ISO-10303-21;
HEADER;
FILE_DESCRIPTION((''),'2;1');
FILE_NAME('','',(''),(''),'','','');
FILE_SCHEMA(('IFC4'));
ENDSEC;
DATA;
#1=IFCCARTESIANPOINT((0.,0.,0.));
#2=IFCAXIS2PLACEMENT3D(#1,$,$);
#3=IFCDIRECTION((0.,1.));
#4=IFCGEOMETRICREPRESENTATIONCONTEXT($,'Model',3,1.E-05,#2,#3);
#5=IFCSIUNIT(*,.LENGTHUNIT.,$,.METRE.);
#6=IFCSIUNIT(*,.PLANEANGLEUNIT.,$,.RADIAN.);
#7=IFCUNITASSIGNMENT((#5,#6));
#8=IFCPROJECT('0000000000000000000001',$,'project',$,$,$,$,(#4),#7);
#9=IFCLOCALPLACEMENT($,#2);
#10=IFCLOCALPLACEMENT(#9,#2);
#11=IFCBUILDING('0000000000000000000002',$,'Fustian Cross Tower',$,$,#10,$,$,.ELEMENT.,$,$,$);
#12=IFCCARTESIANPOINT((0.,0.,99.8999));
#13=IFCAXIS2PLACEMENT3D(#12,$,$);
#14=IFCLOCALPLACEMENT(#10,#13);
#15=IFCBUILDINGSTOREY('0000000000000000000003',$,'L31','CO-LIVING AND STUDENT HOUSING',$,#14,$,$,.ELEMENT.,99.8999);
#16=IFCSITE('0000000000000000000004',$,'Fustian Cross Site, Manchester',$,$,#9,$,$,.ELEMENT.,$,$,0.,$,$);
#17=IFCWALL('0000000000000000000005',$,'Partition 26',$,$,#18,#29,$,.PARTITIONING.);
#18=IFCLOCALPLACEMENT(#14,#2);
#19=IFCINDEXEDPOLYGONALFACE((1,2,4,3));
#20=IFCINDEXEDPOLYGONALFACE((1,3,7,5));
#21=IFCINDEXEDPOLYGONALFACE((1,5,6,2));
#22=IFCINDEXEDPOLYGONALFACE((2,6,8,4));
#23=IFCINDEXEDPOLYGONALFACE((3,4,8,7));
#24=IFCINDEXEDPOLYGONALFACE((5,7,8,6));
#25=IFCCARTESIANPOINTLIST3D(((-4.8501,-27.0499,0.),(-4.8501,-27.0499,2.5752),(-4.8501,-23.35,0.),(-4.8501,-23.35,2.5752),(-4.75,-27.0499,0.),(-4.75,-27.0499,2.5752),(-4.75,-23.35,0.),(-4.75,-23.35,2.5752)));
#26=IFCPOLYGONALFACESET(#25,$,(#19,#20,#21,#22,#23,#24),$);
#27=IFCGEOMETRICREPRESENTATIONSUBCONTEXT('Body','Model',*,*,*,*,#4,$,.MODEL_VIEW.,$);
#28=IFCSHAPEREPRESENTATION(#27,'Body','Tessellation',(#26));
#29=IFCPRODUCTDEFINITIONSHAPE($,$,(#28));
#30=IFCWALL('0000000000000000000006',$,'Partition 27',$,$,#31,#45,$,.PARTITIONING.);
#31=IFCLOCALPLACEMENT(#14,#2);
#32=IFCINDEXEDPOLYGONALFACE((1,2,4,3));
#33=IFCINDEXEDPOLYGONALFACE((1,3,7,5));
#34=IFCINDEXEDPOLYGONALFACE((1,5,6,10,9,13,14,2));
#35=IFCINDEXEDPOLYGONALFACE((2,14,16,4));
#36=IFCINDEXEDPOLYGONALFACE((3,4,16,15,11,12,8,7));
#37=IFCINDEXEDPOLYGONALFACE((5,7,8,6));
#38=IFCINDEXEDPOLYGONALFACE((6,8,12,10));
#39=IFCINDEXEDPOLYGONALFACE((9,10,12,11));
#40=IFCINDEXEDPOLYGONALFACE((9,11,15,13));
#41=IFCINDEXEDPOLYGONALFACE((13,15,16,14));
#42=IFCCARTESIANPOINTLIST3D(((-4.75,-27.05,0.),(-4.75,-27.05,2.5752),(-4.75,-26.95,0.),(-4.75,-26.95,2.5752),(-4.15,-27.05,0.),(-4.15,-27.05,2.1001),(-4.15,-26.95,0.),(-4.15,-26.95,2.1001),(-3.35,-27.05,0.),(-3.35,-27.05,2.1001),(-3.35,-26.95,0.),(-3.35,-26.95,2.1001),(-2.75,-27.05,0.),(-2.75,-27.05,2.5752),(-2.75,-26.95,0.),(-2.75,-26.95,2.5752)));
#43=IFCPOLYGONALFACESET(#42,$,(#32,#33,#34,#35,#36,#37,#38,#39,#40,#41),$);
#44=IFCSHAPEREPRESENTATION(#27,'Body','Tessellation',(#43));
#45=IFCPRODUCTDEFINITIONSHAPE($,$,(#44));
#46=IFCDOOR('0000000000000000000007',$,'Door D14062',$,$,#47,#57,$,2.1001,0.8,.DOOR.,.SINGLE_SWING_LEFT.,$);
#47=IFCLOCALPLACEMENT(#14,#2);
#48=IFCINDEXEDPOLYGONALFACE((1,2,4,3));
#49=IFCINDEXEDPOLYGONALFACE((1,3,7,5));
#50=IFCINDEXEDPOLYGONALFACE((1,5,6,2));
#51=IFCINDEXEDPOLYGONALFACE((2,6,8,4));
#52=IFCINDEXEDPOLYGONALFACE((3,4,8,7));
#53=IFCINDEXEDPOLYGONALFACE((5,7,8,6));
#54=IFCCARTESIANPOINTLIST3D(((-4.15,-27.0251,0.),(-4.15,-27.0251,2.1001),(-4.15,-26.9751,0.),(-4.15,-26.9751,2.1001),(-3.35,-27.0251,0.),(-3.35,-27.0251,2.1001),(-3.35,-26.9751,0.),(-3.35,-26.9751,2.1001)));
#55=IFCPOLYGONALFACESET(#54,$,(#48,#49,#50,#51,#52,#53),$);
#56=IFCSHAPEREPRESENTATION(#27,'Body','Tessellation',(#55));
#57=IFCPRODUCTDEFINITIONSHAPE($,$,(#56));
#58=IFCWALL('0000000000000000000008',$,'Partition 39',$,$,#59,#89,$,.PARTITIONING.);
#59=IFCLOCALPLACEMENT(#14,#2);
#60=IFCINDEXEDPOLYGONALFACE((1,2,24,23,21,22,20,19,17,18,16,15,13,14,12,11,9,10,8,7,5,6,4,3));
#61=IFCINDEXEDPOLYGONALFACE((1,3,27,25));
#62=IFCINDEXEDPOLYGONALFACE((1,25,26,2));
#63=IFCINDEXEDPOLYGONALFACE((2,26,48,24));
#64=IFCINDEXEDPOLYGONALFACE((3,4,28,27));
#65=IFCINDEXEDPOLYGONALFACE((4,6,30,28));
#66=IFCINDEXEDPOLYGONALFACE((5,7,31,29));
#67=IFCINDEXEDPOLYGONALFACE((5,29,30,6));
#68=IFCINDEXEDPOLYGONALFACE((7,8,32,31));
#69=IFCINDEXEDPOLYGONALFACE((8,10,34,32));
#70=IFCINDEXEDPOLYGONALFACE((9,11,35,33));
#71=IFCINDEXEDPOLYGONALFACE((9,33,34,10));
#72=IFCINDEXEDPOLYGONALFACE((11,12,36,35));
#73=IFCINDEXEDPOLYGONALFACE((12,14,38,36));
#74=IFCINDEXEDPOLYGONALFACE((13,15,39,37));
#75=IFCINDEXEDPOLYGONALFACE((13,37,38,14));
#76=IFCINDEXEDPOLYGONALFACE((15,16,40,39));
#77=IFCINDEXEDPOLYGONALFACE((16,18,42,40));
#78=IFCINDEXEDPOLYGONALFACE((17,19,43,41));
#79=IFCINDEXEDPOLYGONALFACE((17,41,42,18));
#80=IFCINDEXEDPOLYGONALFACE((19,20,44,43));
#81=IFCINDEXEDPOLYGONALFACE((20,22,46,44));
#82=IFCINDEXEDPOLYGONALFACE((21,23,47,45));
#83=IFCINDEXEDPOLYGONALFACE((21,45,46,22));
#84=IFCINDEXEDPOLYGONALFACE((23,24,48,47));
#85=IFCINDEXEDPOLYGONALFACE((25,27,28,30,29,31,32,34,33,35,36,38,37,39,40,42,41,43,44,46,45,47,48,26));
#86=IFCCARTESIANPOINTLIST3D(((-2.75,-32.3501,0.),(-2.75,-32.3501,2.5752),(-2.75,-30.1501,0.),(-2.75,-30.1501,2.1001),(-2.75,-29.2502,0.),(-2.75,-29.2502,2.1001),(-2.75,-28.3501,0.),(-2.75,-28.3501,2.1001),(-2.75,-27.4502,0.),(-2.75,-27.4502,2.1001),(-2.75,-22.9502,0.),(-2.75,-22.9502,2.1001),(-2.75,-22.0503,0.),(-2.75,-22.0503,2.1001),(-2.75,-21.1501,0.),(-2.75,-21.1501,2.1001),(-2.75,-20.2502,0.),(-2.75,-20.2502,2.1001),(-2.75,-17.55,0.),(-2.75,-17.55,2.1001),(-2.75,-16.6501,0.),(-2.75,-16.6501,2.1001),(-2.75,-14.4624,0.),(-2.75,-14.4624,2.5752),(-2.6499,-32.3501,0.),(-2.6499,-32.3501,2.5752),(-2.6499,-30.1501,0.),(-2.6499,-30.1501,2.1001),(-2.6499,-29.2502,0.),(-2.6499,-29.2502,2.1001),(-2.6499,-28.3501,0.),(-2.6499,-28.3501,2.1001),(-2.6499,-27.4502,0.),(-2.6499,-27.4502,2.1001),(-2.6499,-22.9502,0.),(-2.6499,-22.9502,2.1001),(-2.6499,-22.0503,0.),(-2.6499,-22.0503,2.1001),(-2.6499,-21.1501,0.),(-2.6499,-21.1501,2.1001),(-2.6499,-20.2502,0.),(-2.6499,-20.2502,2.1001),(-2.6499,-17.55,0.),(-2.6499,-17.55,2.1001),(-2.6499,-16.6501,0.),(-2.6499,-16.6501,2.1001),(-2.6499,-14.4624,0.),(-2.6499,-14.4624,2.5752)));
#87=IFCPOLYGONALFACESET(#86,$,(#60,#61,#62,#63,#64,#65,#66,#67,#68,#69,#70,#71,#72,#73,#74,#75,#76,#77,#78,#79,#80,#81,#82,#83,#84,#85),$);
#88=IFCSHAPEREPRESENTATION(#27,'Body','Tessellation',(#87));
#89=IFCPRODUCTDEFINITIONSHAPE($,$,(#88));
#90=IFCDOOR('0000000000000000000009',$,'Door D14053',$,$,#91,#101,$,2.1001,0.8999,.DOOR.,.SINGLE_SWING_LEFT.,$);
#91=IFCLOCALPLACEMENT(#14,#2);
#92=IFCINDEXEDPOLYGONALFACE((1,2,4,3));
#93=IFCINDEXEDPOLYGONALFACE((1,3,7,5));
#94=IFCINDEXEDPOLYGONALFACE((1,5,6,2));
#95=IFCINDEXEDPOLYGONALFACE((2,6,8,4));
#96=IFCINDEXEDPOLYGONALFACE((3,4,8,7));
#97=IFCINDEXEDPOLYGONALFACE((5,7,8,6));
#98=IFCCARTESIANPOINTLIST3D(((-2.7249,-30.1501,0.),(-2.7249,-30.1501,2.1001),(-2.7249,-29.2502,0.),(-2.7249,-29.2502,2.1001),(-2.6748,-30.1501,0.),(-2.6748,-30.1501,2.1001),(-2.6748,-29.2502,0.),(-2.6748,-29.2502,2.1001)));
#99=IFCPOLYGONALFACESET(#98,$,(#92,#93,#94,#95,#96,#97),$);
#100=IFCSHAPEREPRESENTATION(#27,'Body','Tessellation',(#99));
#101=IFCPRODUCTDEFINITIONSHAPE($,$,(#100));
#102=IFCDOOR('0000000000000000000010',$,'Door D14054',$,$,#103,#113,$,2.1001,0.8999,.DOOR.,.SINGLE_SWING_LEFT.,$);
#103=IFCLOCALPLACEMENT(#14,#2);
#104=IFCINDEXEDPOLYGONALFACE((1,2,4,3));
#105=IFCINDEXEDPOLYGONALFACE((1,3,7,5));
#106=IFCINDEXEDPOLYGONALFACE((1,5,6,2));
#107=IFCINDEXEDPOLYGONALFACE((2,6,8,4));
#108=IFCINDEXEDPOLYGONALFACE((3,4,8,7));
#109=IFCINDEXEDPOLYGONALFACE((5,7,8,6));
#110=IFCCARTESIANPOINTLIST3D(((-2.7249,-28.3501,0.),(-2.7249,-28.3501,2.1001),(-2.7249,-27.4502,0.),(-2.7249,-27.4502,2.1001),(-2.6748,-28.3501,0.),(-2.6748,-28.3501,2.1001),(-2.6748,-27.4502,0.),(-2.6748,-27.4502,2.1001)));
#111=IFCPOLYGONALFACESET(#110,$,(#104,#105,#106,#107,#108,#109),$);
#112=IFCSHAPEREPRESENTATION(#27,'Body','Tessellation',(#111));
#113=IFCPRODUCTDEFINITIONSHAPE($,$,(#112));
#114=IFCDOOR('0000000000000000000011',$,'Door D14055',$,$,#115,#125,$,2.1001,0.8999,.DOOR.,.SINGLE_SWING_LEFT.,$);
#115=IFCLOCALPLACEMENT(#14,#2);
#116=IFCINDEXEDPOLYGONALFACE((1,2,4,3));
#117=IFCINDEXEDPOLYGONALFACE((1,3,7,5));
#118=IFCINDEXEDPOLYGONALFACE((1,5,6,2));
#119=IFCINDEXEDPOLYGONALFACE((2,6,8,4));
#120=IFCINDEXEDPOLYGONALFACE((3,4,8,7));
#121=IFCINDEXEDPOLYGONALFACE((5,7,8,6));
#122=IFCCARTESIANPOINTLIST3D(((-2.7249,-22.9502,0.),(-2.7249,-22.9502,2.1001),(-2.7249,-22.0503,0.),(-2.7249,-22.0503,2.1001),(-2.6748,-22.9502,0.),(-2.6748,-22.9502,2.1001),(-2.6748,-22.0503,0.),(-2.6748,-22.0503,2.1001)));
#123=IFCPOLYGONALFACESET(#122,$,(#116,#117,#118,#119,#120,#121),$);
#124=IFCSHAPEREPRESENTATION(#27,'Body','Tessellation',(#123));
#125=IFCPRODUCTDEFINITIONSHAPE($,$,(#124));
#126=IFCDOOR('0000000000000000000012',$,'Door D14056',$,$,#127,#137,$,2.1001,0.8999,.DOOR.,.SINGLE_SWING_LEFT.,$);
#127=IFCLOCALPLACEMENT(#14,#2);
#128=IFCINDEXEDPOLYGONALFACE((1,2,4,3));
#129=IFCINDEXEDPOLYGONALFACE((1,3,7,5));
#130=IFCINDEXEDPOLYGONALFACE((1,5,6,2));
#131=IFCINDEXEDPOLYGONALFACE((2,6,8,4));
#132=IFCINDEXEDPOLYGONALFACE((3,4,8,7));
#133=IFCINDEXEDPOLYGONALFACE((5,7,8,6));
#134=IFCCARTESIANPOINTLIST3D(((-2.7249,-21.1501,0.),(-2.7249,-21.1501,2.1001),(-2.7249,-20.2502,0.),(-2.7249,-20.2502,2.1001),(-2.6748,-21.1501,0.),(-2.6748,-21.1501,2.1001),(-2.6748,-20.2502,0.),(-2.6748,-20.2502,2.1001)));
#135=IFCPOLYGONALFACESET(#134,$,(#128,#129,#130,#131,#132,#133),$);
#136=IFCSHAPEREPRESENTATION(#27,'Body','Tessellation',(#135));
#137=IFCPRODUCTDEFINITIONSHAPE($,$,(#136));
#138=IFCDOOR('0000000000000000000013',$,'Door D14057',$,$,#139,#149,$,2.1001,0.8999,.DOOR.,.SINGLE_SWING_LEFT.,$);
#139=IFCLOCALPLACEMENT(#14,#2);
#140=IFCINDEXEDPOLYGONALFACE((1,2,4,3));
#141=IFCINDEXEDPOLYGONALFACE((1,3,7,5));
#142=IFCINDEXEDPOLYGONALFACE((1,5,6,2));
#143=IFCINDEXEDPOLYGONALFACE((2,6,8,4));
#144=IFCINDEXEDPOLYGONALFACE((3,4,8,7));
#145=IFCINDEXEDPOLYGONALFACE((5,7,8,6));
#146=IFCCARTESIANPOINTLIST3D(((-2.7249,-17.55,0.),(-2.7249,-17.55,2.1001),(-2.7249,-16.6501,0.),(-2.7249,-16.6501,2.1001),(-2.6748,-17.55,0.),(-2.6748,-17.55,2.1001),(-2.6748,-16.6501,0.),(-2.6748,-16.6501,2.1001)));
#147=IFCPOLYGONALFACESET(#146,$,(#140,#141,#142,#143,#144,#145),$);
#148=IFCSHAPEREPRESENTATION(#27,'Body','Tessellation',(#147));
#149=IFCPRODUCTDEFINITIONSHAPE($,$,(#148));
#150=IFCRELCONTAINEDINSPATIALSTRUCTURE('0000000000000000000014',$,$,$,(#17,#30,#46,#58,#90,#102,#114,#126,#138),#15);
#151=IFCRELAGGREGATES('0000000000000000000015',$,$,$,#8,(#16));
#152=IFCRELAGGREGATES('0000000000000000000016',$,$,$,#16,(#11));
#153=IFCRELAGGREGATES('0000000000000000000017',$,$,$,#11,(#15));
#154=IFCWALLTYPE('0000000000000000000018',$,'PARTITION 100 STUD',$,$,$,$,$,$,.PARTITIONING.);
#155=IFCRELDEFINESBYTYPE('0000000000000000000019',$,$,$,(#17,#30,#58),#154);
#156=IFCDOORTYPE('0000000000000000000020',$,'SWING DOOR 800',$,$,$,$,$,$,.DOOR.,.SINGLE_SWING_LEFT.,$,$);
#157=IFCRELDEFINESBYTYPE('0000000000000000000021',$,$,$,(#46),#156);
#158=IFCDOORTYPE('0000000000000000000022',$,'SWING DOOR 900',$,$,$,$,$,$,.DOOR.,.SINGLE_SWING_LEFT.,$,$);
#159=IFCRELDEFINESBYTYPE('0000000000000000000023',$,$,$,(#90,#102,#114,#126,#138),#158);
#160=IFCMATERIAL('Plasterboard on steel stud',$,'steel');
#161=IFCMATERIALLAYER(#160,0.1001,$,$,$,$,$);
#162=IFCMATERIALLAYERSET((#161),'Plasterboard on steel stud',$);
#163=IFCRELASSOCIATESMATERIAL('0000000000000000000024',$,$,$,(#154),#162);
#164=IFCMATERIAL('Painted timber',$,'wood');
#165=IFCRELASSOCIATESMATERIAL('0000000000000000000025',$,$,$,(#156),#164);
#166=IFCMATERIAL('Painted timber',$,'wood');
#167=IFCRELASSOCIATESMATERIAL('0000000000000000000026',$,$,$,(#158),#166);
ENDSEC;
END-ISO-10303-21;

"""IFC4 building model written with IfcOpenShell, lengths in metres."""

from ifc_helpers import new_model, si_unit, direction, frame, frame_2d, origin, place, context, subcontext, project, spatial, rectangle, extrude, material, layer, layer_set, type_object, element, fill, save


model = new_model("IFC4")

# Units and contexts
model_context = context("Model", 3, precision=1e-05, world=origin(), true_north=direction((0.0, 1.0)))
body_context = subcontext(model_context, "Body", "Model", "MODEL_VIEW")
ifc_project = project(units=[si_unit("LENGTHUNIT", "METRE"), si_unit("PLANEANGLEUNIT", "RADIAN")], contexts=[model_context])

# Site, building, storey
site_placement = place(None, origin())
site = spatial("IfcSite", under=ifc_project, at=site_placement, Name="Fustian Cross Site, Manchester", CompositionType="ELEMENT", RefElevation=0.0)
building_placement = place(site_placement, origin())
building = spatial("IfcBuilding", under=site, at=building_placement, Name="Fustian Cross Tower", CompositionType="ELEMENT")
storey_placement = place(building_placement, frame((0.0, 0.0, 99.8999)))
storey = spatial("IfcBuildingStorey", under=building, at=storey_placement, Name="L31", Description="CO-LIVING AND STUDENT HOUSING", CompositionType="ELEMENT", Elevation=99.8999)

# Shared definitions
ifc_material_1 = material(Name="Plasterboard on steel stud", Category="steel")
ifc_layer_1 = layer(ifc_material_1, 0.1001)
ifc_layer_set_1 = layer_set([ifc_layer_1], Name="Plasterboard on steel stud")
wall_type_1 = type_object("IfcWallType", Name="PARTITION 100 STUD", PredefinedType="PARTITIONING", material=ifc_layer_set_1)
ifc_material_2 = material(Name="Painted timber", Category="wood")
door_type_1 = type_object("IfcDoorType", Name="SWING DOOR 800", OperationType="SINGLE_SWING_LEFT", PredefinedType="DOOR", material=ifc_material_2)

# Wall
wall_1_placement = place(storey_placement, frame((-4.8, -27.05, 0.0), z_axis=(0.0, 0.0, 1.0), x_axis=(0.0, 1.0, 0.0)))
element("IfcWall", 1, at=wall_1_placement, inside=storey, type_object=wall_type_1, Name="Partition 26", PredefinedType="PARTITIONING", context=body_context, shape_type="SweptSolid", body=[
    extrude(rectangle(XDim=3.7, YDim=0.1001, at=frame_2d((1.8501, 0.0))), origin(), (0.0, 0.0, 1.0), 2.5752),
])

# Wall, opening, door
wall_2_placement = place(storey_placement, frame((-4.75, -27.0, 0.0), z_axis=(0.0, 0.0, 1.0), x_axis=(1.0, 0.0, 0.0)))
wall_2 = element("IfcWall", 2, at=wall_2_placement, inside=storey, type_object=wall_type_1, Name="Partition 27", PredefinedType="PARTITIONING", context=body_context, shape_type="SweptSolid", body=[
    extrude(rectangle(XDim=2.0, YDim=0.1001, at=frame_2d((1.0, 0.0))), origin(), (0.0, 0.0, 1.0), 2.5752),
])
opening_1_placement = place(wall_2_placement, frame((0.6001, 0.0, 0.0)))
opening_1 = element("IfcOpeningElement", 3, at=opening_1_placement, cuts=wall_2, PredefinedType="OPENING", context=body_context, shape_type="SweptSolid", body=[
    extrude(rectangle(XDim=0.8, YDim=2.1001, at=frame_2d((0.3999, 1.05))), frame((0.0, 0.0601, 0.0), z_axis=(0.0, -1.0, 0.0), x_axis=(1.0, 0.0, 0.0)), (0.0, 0.0, 1.0), 0.1201),
])
door_1_placement = place(opening_1_placement, origin())
door_1 = element("IfcDoor", 4, at=door_1_placement, inside=storey, type_object=door_type_1, Name="Door D14062", OperationType="SINGLE_SWING_LEFT", OverallHeight=2.1001, OverallWidth=0.8, PredefinedType="DOOR", context=body_context, shape_type="SweptSolid", body=[
    extrude(rectangle(XDim=0.8, YDim=2.1001, at=frame_2d((0.3999, 1.05))), frame((0.0, 0.0249, 0.0), z_axis=(0.0, -1.0, 0.0), x_axis=(1.0, 0.0, 0.0)), (0.0, 0.0, 1.0), 0.05),
])
fill(opening_1, door_1)

# Wall, openings, doors
wall_3_placement = place(storey_placement, frame((-2.7, -32.3501, 0.0), z_axis=(0.0, 0.0, 1.0), x_axis=(0.0, 1.0, 0.0)))
wall_3 = element("IfcWall", 5, at=wall_3_placement, inside=storey, type_object=wall_type_1, Name="Partition 39", PredefinedType="PARTITIONING", context=body_context, shape_type="SweptSolid", body=[
    extrude(rectangle(XDim=17.8877, YDim=0.1001, at=frame_2d((8.9438, 0.0))), origin(), (0.0, 0.0, 1.0), 2.5752),
])
opening_2_placement = place(wall_3_placement, frame((2.2, 0.0, 0.0)))
opening_2 = element("IfcOpeningElement", 6, at=opening_2_placement, cuts=wall_3, PredefinedType="OPENING", context=body_context, shape_type="SweptSolid", body=[
    extrude(rectangle(XDim=0.8999, YDim=2.1001, at=frame_2d((0.45, 1.05))), frame((0.0, 0.0601, 0.0), z_axis=(0.0, -1.0, 0.0), x_axis=(1.0, 0.0, 0.0)), (0.0, 0.0, 1.0), 0.1201),
])
opening_3_placement = place(wall_3_placement, frame((4.0, 0.0, 0.0)))
opening_3 = element("IfcOpeningElement", 7, at=opening_3_placement, cuts=wall_3, PredefinedType="OPENING", context=body_context, shape_type="SweptSolid", body=[
    extrude(rectangle(XDim=0.8999, YDim=2.1001, at=frame_2d((0.45, 1.05))), frame((0.0, 0.0601, 0.0), z_axis=(0.0, -1.0, 0.0), x_axis=(1.0, 0.0, 0.0)), (0.0, 0.0, 1.0), 0.1201),
])
opening_4_placement = place(wall_3_placement, frame((9.3999, 0.0, 0.0)))
opening_4 = element("IfcOpeningElement", 8, at=opening_4_placement, cuts=wall_3, PredefinedType="OPENING", context=body_context, shape_type="SweptSolid", body=[
    extrude(rectangle(XDim=0.8999, YDim=2.1001, at=frame_2d((0.45, 1.05))), frame((0.0, 0.0601, 0.0), z_axis=(0.0, -1.0, 0.0), x_axis=(1.0, 0.0, 0.0)), (0.0, 0.0, 1.0), 0.1201),
])
opening_5_placement = place(wall_3_placement, frame((11.2, 0.0, 0.0)))
opening_5 = element("IfcOpeningElement", 9, at=opening_5_placement, cuts=wall_3, PredefinedType="OPENING", context=body_context, shape_type="SweptSolid", body=[
    extrude(rectangle(XDim=0.8999, YDim=2.1001, at=frame_2d((0.45, 1.05))), frame((0.0, 0.0601, 0.0), z_axis=(0.0, -1.0, 0.0), x_axis=(1.0, 0.0, 0.0)), (0.0, 0.0, 1.0), 0.1201),
])
opening_6_placement = place(wall_3_placement, frame((14.8, 0.0, 0.0)))
opening_6 = element("IfcOpeningElement", 10, at=opening_6_placement, cuts=wall_3, PredefinedType="OPENING", context=body_context, shape_type="SweptSolid", body=[
    extrude(rectangle(XDim=0.8999, YDim=2.1001, at=frame_2d((0.45, 1.05))), frame((0.0, 0.0601, 0.0), z_axis=(0.0, -1.0, 0.0), x_axis=(1.0, 0.0, 0.0)), (0.0, 0.0, 1.0), 0.1201),
])
ifc_material_3 = material(Name="Painted timber", Category="wood")
door_type_2 = type_object("IfcDoorType", Name="SWING DOOR 900", OperationType="SINGLE_SWING_LEFT", PredefinedType="DOOR", material=ifc_material_3)
door_2_placement = place(opening_2_placement, origin())
door_2 = element("IfcDoor", 11, at=door_2_placement, inside=storey, type_object=door_type_2, Name="Door D14053", OperationType="SINGLE_SWING_LEFT", OverallHeight=2.1001, OverallWidth=0.8999, PredefinedType="DOOR", context=body_context, shape_type="SweptSolid", body=[
    extrude(rectangle(XDim=0.8999, YDim=2.1001, at=frame_2d((0.45, 1.05))), frame((0.0, 0.0249, 0.0), z_axis=(0.0, -1.0, 0.0), x_axis=(1.0, 0.0, 0.0)), (0.0, 0.0, 1.0), 0.05),
])
fill(opening_2, door_2)
door_3_placement = place(opening_3_placement, origin())
door_3 = element("IfcDoor", 12, at=door_3_placement, inside=storey, type_object=door_type_2, Name="Door D14054", OperationType="SINGLE_SWING_LEFT", OverallHeight=2.1001, OverallWidth=0.8999, PredefinedType="DOOR", context=body_context, shape_type="SweptSolid", body=[
    extrude(rectangle(XDim=0.8999, YDim=2.1001, at=frame_2d((0.45, 1.05))), frame((0.0, 0.0249, 0.0), z_axis=(0.0, -1.0, 0.0), x_axis=(1.0, 0.0, 0.0)), (0.0, 0.0, 1.0), 0.05),
])
fill(opening_3, door_3)
door_4_placement = place(opening_4_placement, origin())
door_4 = element("IfcDoor", 13, at=door_4_placement, inside=storey, type_object=door_type_2, Name="Door D14055", OperationType="SINGLE_SWING_LEFT", OverallHeight=2.1001, OverallWidth=0.8999, PredefinedType="DOOR", context=body_context, shape_type="SweptSolid", body=[
    extrude(rectangle(XDim=0.8999, YDim=2.1001, at=frame_2d((0.45, 1.05))), frame((0.0, 0.0249, 0.0), z_axis=(0.0, -1.0, 0.0), x_axis=(1.0, 0.0, 0.0)), (0.0, 0.0, 1.0), 0.05),
])
fill(opening_4, door_4)
door_5_placement = place(opening_5_placement, origin())
door_5 = element("IfcDoor", 14, at=door_5_placement, inside=storey, type_object=door_type_2, Name="Door D14056", OperationType="SINGLE_SWING_LEFT", OverallHeight=2.1001, OverallWidth=0.8999, PredefinedType="DOOR", context=body_context, shape_type="SweptSolid", body=[
    extrude(rectangle(XDim=0.8999, YDim=2.1001, at=frame_2d((0.45, 1.05))), frame((0.0, 0.0249, 0.0), z_axis=(0.0, -1.0, 0.0), x_axis=(1.0, 0.0, 0.0)), (0.0, 0.0, 1.0), 0.05),
])
fill(opening_5, door_5)
door_6_placement = place(opening_6_placement, origin())
door_6 = element("IfcDoor", 15, at=door_6_placement, inside=storey, type_object=door_type_2, Name="Door D14057", OperationType="SINGLE_SWING_LEFT", OverallHeight=2.1001, OverallWidth=0.8999, PredefinedType="DOOR", context=body_context, shape_type="SweptSolid", body=[
    extrude(rectangle(XDim=0.8999, YDim=2.1001, at=frame_2d((0.45, 1.05))), frame((0.0, 0.0249, 0.0), z_axis=(0.0, -1.0, 0.0), x_axis=(1.0, 0.0, 0.0)), (0.0, 0.0, 1.0), 0.05),
])
fill(opening_6, door_6)

save(model, "model.ifc")
